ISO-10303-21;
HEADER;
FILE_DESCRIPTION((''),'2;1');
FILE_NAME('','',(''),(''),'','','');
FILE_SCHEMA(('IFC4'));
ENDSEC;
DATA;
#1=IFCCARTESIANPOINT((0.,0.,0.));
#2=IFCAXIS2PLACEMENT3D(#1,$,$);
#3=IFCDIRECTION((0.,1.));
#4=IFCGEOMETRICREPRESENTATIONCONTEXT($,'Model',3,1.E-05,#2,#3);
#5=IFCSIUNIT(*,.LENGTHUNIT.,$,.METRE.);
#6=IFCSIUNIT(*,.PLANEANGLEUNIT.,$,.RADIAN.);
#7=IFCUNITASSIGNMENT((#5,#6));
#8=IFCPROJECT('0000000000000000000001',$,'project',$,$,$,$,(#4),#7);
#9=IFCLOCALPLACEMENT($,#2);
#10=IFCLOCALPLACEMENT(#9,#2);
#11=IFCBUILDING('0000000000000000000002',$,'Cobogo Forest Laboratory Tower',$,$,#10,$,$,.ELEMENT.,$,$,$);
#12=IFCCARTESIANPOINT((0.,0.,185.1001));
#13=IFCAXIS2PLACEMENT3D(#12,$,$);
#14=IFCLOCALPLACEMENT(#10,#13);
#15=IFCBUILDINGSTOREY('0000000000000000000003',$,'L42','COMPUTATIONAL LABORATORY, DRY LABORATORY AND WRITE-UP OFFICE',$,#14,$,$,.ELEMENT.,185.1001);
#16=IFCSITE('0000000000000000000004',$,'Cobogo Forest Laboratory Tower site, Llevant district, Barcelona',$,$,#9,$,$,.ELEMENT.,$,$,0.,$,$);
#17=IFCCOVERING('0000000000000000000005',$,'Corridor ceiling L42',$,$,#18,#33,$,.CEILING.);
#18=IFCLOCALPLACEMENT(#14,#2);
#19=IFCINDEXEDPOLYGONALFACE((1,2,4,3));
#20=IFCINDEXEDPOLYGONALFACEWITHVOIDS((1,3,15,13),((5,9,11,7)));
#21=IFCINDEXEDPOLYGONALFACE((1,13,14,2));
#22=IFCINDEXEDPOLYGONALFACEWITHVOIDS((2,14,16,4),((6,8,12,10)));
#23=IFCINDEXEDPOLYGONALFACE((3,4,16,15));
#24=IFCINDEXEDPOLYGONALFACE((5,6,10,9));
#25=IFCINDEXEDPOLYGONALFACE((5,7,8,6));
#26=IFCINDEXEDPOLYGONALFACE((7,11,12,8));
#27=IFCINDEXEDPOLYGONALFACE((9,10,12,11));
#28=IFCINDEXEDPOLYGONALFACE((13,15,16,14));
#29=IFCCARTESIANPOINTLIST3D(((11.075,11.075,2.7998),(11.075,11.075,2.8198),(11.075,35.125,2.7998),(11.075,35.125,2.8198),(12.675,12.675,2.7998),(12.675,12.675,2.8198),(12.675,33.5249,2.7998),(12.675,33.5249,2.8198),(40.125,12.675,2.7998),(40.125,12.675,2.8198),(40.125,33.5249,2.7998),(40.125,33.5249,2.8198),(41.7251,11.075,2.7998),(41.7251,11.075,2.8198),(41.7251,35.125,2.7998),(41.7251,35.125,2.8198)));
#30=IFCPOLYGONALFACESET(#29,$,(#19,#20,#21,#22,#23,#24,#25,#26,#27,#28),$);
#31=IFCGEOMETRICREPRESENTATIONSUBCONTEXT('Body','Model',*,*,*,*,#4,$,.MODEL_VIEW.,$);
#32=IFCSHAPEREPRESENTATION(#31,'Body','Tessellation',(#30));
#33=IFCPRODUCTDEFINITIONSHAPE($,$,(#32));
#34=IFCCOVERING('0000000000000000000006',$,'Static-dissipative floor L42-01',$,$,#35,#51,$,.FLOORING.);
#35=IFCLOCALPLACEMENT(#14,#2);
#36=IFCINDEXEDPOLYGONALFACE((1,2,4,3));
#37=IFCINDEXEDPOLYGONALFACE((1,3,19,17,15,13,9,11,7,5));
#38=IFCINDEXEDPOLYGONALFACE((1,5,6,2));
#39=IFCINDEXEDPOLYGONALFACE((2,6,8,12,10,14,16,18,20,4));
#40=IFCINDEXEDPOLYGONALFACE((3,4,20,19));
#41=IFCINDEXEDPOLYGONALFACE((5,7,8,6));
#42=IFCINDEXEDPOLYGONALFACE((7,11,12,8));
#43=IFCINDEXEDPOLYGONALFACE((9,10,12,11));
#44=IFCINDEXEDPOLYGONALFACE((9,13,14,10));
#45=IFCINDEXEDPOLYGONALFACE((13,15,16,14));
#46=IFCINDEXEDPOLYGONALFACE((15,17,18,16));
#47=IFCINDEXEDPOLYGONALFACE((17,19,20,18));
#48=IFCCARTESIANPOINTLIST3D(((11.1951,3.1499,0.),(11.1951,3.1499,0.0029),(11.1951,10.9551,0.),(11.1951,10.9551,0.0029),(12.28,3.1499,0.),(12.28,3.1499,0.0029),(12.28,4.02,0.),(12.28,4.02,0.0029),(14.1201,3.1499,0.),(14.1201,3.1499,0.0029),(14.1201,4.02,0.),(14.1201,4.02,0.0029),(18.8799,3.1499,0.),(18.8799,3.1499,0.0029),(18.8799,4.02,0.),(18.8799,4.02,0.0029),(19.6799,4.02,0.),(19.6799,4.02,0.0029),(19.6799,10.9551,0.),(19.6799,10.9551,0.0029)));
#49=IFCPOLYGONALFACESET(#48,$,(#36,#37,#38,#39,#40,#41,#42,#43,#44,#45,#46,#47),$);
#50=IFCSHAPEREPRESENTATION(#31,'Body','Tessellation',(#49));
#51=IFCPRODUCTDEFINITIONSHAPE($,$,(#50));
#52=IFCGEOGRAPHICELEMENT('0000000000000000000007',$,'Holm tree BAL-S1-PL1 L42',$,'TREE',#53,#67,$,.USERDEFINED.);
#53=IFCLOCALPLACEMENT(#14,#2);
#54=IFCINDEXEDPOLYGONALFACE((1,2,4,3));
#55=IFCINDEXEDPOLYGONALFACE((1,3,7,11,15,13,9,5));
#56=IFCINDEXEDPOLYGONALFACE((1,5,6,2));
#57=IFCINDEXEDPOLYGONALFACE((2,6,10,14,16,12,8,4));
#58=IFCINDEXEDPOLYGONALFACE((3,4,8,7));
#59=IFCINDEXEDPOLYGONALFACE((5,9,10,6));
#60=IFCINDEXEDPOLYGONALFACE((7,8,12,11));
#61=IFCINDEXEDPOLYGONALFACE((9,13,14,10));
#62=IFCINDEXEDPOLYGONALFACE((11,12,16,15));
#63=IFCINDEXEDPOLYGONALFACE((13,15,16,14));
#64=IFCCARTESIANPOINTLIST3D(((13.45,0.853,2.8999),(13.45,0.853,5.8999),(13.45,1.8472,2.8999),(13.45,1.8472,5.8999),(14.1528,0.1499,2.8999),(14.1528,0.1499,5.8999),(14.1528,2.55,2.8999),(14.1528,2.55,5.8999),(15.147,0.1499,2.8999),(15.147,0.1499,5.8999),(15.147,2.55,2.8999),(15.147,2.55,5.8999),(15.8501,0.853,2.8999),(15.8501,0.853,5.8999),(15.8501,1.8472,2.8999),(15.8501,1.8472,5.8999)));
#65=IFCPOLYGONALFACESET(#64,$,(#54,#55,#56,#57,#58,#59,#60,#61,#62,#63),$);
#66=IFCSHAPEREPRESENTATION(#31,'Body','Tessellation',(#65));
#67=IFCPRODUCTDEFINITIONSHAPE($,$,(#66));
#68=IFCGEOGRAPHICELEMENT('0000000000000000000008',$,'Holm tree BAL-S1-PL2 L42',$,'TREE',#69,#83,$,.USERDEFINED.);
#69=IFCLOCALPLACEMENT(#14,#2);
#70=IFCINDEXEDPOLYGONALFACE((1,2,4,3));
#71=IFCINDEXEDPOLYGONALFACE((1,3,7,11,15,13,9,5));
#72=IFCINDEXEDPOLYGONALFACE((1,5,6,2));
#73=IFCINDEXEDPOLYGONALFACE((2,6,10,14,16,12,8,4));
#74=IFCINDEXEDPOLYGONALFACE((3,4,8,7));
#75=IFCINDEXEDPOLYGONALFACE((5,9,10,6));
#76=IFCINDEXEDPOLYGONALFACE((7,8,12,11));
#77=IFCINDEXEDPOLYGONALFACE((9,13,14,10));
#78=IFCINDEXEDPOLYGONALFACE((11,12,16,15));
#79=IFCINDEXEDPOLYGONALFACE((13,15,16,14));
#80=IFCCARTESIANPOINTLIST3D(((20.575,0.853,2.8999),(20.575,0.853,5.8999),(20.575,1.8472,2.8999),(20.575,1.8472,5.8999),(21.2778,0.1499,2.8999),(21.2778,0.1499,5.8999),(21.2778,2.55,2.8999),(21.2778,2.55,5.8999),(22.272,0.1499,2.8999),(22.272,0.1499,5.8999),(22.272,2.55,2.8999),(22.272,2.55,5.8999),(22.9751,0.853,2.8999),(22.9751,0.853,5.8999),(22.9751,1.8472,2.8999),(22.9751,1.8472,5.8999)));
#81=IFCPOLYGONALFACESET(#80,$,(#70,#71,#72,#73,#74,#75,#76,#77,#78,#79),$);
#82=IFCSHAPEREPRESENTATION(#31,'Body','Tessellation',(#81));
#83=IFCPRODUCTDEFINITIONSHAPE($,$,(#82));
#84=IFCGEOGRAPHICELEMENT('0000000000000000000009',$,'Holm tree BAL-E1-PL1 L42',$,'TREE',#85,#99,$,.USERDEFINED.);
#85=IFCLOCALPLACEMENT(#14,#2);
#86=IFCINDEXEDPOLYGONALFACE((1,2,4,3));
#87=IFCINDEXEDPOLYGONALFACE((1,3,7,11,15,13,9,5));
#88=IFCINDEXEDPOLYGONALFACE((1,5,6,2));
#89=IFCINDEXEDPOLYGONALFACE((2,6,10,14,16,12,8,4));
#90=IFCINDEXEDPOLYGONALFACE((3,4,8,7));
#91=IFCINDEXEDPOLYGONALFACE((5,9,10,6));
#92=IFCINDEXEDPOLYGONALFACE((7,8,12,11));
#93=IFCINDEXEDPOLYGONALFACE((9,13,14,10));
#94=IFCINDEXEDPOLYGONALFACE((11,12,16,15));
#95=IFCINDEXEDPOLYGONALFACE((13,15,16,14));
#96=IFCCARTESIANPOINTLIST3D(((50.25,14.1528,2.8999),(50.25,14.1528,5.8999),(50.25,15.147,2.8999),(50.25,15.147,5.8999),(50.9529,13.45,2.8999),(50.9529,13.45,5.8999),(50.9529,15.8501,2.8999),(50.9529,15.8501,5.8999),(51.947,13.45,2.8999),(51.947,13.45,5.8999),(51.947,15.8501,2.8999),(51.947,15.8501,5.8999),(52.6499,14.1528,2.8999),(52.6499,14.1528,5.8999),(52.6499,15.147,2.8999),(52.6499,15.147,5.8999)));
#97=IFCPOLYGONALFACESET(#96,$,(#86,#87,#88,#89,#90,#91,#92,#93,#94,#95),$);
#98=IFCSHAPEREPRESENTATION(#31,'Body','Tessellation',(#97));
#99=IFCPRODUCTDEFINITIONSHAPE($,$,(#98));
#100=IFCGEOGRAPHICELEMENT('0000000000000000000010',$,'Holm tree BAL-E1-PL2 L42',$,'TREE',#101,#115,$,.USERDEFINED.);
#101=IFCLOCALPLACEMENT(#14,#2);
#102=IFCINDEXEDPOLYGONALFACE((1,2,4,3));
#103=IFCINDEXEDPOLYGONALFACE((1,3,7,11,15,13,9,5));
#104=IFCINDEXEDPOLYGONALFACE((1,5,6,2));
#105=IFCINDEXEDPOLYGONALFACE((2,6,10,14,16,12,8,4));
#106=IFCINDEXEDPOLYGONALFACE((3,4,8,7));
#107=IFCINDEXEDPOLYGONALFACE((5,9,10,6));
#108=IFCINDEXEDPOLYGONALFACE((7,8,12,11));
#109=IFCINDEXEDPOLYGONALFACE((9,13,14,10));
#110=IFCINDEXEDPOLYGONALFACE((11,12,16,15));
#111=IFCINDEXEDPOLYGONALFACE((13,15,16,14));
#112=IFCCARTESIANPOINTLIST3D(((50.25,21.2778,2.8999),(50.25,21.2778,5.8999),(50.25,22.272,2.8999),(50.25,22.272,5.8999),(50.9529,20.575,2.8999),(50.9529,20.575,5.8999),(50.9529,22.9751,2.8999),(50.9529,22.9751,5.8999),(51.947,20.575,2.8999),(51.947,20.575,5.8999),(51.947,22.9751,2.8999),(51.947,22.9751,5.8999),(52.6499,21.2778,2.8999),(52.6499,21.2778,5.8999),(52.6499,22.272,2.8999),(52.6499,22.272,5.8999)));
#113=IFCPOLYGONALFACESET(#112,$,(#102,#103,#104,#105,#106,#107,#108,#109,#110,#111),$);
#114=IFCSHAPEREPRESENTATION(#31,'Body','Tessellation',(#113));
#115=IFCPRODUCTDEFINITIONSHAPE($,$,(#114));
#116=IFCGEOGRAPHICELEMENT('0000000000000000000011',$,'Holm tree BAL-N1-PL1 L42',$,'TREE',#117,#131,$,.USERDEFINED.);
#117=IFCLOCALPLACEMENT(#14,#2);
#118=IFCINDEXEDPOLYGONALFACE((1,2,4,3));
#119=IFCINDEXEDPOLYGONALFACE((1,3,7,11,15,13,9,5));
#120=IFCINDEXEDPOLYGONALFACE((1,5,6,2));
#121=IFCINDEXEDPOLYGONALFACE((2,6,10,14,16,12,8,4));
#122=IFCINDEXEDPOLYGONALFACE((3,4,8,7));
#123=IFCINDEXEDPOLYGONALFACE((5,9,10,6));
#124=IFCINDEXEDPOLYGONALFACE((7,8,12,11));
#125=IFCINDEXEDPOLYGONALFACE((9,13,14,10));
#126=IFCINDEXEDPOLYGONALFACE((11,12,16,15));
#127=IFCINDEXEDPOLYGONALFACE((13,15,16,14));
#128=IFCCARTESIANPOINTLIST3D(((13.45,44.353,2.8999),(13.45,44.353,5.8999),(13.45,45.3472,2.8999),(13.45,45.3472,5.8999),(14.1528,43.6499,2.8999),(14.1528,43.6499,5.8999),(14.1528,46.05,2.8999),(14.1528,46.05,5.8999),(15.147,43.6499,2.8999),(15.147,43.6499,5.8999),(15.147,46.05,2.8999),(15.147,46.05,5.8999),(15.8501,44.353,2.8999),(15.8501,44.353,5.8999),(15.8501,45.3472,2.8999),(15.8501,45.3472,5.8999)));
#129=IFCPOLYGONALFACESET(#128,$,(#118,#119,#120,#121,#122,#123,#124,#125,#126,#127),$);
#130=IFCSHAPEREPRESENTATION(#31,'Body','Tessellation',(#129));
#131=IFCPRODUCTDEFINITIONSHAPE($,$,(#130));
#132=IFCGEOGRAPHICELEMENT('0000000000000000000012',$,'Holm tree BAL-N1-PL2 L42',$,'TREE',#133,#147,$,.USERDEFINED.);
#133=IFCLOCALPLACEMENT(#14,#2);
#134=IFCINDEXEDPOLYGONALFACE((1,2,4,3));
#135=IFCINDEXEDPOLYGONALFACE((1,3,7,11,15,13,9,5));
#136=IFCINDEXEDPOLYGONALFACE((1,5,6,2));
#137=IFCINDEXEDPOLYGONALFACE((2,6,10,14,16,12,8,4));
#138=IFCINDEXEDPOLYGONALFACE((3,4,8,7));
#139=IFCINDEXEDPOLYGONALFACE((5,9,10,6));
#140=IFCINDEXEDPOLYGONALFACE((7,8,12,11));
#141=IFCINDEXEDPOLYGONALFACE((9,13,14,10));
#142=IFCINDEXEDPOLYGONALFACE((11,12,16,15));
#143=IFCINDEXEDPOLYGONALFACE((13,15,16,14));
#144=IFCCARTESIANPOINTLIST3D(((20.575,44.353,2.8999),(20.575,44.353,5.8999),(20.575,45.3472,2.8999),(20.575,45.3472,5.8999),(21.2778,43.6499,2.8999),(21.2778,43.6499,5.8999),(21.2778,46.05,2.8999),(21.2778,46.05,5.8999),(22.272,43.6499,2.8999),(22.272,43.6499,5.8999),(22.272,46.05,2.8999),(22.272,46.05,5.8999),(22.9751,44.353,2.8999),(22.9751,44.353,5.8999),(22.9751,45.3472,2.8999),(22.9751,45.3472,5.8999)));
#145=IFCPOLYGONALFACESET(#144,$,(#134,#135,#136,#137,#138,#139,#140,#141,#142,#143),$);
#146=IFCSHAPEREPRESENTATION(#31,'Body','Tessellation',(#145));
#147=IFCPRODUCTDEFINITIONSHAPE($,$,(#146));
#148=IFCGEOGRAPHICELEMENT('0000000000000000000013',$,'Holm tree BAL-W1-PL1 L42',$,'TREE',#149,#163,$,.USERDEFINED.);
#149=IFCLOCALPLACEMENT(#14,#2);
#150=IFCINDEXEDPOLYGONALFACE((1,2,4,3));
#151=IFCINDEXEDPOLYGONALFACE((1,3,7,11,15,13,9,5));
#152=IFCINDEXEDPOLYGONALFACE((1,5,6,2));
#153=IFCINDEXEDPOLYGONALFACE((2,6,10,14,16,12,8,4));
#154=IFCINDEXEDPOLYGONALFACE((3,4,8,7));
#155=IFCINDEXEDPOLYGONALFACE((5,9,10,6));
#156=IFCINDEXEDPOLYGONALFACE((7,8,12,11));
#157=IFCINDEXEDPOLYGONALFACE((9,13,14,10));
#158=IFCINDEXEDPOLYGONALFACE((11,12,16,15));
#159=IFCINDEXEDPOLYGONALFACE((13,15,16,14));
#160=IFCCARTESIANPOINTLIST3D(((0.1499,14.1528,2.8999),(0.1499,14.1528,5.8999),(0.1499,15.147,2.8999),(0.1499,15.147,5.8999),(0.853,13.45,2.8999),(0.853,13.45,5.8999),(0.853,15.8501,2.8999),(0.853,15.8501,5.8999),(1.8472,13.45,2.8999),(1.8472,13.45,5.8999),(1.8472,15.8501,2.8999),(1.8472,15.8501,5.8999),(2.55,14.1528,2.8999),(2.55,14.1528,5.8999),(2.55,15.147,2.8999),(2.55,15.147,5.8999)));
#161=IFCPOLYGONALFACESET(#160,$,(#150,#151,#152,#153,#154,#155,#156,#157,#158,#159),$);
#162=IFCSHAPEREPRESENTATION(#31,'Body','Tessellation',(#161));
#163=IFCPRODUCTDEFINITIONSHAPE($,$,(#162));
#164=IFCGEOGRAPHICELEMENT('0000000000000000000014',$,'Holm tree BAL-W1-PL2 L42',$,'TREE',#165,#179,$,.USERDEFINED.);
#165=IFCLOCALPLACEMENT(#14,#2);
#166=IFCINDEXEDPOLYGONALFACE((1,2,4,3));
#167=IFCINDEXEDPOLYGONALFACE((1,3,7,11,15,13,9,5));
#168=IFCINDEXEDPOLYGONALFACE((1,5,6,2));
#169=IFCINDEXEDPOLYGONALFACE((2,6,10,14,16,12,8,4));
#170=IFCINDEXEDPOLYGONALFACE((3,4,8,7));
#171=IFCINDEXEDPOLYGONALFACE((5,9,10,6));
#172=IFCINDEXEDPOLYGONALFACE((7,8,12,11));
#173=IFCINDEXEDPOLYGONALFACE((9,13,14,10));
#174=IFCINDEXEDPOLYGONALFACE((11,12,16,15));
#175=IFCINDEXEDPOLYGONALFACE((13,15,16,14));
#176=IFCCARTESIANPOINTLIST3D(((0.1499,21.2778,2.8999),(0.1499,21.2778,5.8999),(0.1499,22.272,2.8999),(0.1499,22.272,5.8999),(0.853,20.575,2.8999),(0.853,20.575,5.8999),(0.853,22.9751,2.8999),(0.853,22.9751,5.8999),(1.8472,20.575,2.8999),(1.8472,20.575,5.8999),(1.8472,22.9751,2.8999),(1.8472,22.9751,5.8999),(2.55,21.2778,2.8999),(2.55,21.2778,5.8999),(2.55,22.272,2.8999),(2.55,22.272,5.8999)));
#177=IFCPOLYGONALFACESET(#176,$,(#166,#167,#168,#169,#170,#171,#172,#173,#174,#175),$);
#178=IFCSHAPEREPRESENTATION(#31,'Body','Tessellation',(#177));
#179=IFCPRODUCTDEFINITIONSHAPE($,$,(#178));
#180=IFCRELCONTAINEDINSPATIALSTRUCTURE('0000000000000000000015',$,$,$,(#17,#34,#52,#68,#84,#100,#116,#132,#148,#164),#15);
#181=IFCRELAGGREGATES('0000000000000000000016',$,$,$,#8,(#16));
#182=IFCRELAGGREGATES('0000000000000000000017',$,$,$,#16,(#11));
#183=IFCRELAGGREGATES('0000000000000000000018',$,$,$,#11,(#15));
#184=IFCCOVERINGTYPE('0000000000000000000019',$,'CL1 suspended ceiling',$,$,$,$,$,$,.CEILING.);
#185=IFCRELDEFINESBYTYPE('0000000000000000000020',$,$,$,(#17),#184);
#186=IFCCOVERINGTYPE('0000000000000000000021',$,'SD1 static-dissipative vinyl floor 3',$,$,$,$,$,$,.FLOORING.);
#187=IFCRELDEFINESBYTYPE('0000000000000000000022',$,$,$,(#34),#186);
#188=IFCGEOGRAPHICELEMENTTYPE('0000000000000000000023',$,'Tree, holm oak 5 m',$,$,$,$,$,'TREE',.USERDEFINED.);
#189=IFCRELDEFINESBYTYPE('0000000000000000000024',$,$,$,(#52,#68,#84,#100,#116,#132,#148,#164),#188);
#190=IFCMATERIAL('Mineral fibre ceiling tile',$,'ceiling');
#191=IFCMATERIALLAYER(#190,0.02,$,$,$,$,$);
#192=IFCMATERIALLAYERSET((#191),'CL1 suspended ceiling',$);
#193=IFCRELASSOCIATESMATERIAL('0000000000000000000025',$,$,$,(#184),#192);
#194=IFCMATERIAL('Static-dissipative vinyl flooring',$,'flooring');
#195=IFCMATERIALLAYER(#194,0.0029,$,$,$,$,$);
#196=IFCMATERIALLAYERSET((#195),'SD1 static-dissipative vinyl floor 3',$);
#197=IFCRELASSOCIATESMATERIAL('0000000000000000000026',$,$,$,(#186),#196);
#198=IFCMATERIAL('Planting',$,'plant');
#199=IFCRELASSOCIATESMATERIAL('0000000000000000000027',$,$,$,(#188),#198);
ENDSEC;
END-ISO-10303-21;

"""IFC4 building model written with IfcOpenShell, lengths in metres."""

from ifc_helpers import new_model, si_unit, direction, frame, origin, place, context, subcontext, project, spatial, polyline, outline, extrude, material, layer, layer_set, type_object, element, save


model = new_model("IFC4")

# Units and contexts
model_context = context("Model", 3, precision=1e-05, world=origin(), true_north=direction((0.0, 1.0)))
body_context = subcontext(model_context, "Body", "Model", "MODEL_VIEW")
ifc_project = project(units=[si_unit("LENGTHUNIT", "METRE"), si_unit("PLANEANGLEUNIT", "RADIAN")], contexts=[model_context])

# Site, building, storey
site_placement = place(None, origin())
site = spatial("IfcSite", under=ifc_project, at=site_placement, Name="Cobogo Forest Laboratory Tower site, Llevant district, Barcelona", CompositionType="ELEMENT", RefElevation=0.0)
building_placement = place(site_placement, origin())
building = spatial("IfcBuilding", under=site, at=building_placement, Name="Cobogo Forest Laboratory Tower", CompositionType="ELEMENT")
storey_placement = place(building_placement, frame((0.0, 0.0, 185.1001)))
storey = spatial("IfcBuildingStorey", under=building, at=storey_placement, Name="L42", Description="COMPUTATIONAL LABORATORY, DRY LABORATORY AND WRITE-UP OFFICE", CompositionType="ELEMENT", Elevation=185.1001)

# Coverings
ifc_material_1 = material(Name="Mineral fibre ceiling tile", Category="ceiling")
ifc_layer_1 = layer(ifc_material_1, 0.02)
ifc_layer_set_1 = layer_set([ifc_layer_1], Name="CL1 suspended ceiling")
covering_type_1 = type_object("IfcCoveringType", Name="CL1 suspended ceiling", PredefinedType="CEILING", material=ifc_layer_set_1)
covering_1_placement = place(storey_placement, frame((0.0, 0.0, 2.7998)))
element("IfcCovering", 1, at=covering_1_placement, inside=storey, type_object=covering_type_1, Name="Corridor ceiling L42", PredefinedType="CEILING", context=body_context, shape_type="SweptSolid", body=[
    extrude(outline(polyline([(11.075, 11.075), (11.075, 35.125), (41.7251, 35.125), (41.7251, 11.075), (11.075, 11.075)]), holes=[polyline([(40.125, 33.5249), (12.675, 33.5249), (12.675, 12.675), (40.125, 12.675), (40.125, 33.5249)])]), origin(), (0.0, 0.0, 1.0), 0.02),
])
ifc_material_2 = material(Name="Static-dissipative vinyl flooring", Category="flooring")
ifc_layer_2 = layer(ifc_material_2, 0.0029)
ifc_layer_set_2 = layer_set([ifc_layer_2], Name="SD1 static-dissipative vinyl floor 3")
covering_type_2 = type_object("IfcCoveringType", Name="SD1 static-dissipative vinyl floor 3", PredefinedType="FLOORING", material=ifc_layer_set_2)
covering_2_placement = place(storey_placement, origin())
element("IfcCovering", 2, at=covering_2_placement, inside=storey, type_object=covering_type_2, Name="Static-dissipative floor L42-01", PredefinedType="FLOORING", context=body_context, shape_type="SweptSolid", body=[
    extrude(outline(polyline([(19.6799, 10.9551), (19.6799, 4.02), (18.8799, 4.02), (18.8799, 3.1499), (14.1201, 3.1499), (14.1201, 4.02), (12.28, 4.02), (12.28, 3.1499), (11.1951, 3.1499), (11.1951, 10.9551), (19.6799, 10.9551)])), origin(), (0.0, 0.0, 1.0), 0.0029),
])

# Geographic elements
ifc_material_3 = material(Name="Planting", Category="plant")
geographic_element_type = type_object("IfcGeographicElementType", Name="Tree, holm oak 5 m", ElementType="TREE", PredefinedType="USERDEFINED", material=ifc_material_3)
geographic_element_1_placement = place(storey_placement, frame((0.0, 0.0, 2.8999)))
element("IfcGeographicElement", 3, at=geographic_element_1_placement, inside=storey, type_object=geographic_element_type, Name="Holm tree BAL-S1-PL1 L42", ObjectType="TREE", PredefinedType="USERDEFINED", context=body_context, shape_type="SweptSolid", body=[
    extrude(outline(polyline([(15.8501, 0.853), (15.8501, 1.8472), (15.147, 2.55), (14.1528, 2.55), (13.45, 1.8472), (13.45, 0.853), (14.1528, 0.1499), (15.147, 0.1499), (15.8501, 0.853)])), origin(), (0.0, 0.0, 1.0), 3.0),
])
geographic_element_2_placement = place(storey_placement, frame((0.0, 0.0, 2.8999)))
element("IfcGeographicElement", 4, at=geographic_element_2_placement, inside=storey, type_object=geographic_element_type, Name="Holm tree BAL-S1-PL2 L42", ObjectType="TREE", PredefinedType="USERDEFINED", context=body_context, shape_type="SweptSolid", body=[
    extrude(outline(polyline([(22.9751, 0.853), (22.9751, 1.8472), (22.272, 2.55), (21.2778, 2.55), (20.575, 1.8472), (20.575, 0.853), (21.2778, 0.1499), (22.272, 0.1499), (22.9751, 0.853)])), origin(), (0.0, 0.0, 1.0), 3.0),
])
geographic_element_3_placement = place(storey_placement, frame((0.0, 0.0, 2.8999)))
element("IfcGeographicElement", 5, at=geographic_element_3_placement, inside=storey, type_object=geographic_element_type, Name="Holm tree BAL-E1-PL1 L42", ObjectType="TREE", PredefinedType="USERDEFINED", context=body_context, shape_type="SweptSolid", body=[
    extrude(outline(polyline([(52.6499, 14.1528), (52.6499, 15.147), (51.947, 15.8501), (50.9529, 15.8501), (50.25, 15.147), (50.25, 14.1528), (50.9529, 13.45), (51.947, 13.45), (52.6499, 14.1528)])), origin(), (0.0, 0.0, 1.0), 3.0),
])
geographic_element_4_placement = place(storey_placement, frame((0.0, 0.0, 2.8999)))
element("IfcGeographicElement", 6, at=geographic_element_4_placement, inside=storey, type_object=geographic_element_type, Name="Holm tree BAL-E1-PL2 L42", ObjectType="TREE", PredefinedType="USERDEFINED", context=body_context, shape_type="SweptSolid", body=[
    extrude(outline(polyline([(52.6499, 21.2778), (52.6499, 22.272), (51.947, 22.9751), (50.9529, 22.9751), (50.25, 22.272), (50.25, 21.2778), (50.9529, 20.575), (51.947, 20.575), (52.6499, 21.2778)])), origin(), (0.0, 0.0, 1.0), 3.0),
])
geographic_element_5_placement = place(storey_placement, frame((0.0, 0.0, 2.8999)))
element("IfcGeographicElement", 7, at=geographic_element_5_placement, inside=storey, type_object=geographic_element_type, Name="Holm tree BAL-N1-PL1 L42", ObjectType="TREE", PredefinedType="USERDEFINED", context=body_context, shape_type="SweptSolid", body=[
    extrude(outline(polyline([(15.8501, 44.353), (15.8501, 45.3472), (15.147, 46.05), (14.1528, 46.05), (13.45, 45.3472), (13.45, 44.353), (14.1528, 43.6499), (15.147, 43.6499), (15.8501, 44.353)])), origin(), (0.0, 0.0, 1.0), 3.0),
])
geographic_element_6_placement = place(storey_placement, frame((0.0, 0.0, 2.8999)))
element("IfcGeographicElement", 8, at=geographic_element_6_placement, inside=storey, type_object=geographic_element_type, Name="Holm tree BAL-N1-PL2 L42", ObjectType="TREE", PredefinedType="USERDEFINED", context=body_context, shape_type="SweptSolid", body=[
    extrude(outline(polyline([(22.9751, 44.353), (22.9751, 45.3472), (22.272, 46.05), (21.2778, 46.05), (20.575, 45.3472), (20.575, 44.353), (21.2778, 43.6499), (22.272, 43.6499), (22.9751, 44.353)])), origin(), (0.0, 0.0, 1.0), 3.0),
])
geographic_element_7_placement = place(storey_placement, frame((0.0, 0.0, 2.8999)))
element("IfcGeographicElement", 9, at=geographic_element_7_placement, inside=storey, type_object=geographic_element_type, Name="Holm tree BAL-W1-PL1 L42", ObjectType="TREE", PredefinedType="USERDEFINED", context=body_context, shape_type="SweptSolid", body=[
    extrude(outline(polyline([(2.55, 14.1528), (2.55, 15.147), (1.8472, 15.8501), (0.853, 15.8501), (0.1499, 15.147), (0.1499, 14.1528), (0.853, 13.45), (1.8472, 13.45), (2.55, 14.1528)])), origin(), (0.0, 0.0, 1.0), 3.0),
])
geographic_element_8_placement = place(storey_placement, frame((0.0, 0.0, 2.8999)))
element("IfcGeographicElement", 10, at=geographic_element_8_placement, inside=storey, type_object=geographic_element_type, Name="Holm tree BAL-W1-PL2 L42", ObjectType="TREE", PredefinedType="USERDEFINED", context=body_context, shape_type="SweptSolid", body=[
    extrude(outline(polyline([(2.55, 21.2778), (2.55, 22.272), (1.8472, 22.9751), (0.853, 22.9751), (0.1499, 22.272), (0.1499, 21.2778), (0.853, 20.575), (1.8472, 20.575), (2.55, 21.2778)])), origin(), (0.0, 0.0, 1.0), 3.0),
])

save(model, "model.ifc")
